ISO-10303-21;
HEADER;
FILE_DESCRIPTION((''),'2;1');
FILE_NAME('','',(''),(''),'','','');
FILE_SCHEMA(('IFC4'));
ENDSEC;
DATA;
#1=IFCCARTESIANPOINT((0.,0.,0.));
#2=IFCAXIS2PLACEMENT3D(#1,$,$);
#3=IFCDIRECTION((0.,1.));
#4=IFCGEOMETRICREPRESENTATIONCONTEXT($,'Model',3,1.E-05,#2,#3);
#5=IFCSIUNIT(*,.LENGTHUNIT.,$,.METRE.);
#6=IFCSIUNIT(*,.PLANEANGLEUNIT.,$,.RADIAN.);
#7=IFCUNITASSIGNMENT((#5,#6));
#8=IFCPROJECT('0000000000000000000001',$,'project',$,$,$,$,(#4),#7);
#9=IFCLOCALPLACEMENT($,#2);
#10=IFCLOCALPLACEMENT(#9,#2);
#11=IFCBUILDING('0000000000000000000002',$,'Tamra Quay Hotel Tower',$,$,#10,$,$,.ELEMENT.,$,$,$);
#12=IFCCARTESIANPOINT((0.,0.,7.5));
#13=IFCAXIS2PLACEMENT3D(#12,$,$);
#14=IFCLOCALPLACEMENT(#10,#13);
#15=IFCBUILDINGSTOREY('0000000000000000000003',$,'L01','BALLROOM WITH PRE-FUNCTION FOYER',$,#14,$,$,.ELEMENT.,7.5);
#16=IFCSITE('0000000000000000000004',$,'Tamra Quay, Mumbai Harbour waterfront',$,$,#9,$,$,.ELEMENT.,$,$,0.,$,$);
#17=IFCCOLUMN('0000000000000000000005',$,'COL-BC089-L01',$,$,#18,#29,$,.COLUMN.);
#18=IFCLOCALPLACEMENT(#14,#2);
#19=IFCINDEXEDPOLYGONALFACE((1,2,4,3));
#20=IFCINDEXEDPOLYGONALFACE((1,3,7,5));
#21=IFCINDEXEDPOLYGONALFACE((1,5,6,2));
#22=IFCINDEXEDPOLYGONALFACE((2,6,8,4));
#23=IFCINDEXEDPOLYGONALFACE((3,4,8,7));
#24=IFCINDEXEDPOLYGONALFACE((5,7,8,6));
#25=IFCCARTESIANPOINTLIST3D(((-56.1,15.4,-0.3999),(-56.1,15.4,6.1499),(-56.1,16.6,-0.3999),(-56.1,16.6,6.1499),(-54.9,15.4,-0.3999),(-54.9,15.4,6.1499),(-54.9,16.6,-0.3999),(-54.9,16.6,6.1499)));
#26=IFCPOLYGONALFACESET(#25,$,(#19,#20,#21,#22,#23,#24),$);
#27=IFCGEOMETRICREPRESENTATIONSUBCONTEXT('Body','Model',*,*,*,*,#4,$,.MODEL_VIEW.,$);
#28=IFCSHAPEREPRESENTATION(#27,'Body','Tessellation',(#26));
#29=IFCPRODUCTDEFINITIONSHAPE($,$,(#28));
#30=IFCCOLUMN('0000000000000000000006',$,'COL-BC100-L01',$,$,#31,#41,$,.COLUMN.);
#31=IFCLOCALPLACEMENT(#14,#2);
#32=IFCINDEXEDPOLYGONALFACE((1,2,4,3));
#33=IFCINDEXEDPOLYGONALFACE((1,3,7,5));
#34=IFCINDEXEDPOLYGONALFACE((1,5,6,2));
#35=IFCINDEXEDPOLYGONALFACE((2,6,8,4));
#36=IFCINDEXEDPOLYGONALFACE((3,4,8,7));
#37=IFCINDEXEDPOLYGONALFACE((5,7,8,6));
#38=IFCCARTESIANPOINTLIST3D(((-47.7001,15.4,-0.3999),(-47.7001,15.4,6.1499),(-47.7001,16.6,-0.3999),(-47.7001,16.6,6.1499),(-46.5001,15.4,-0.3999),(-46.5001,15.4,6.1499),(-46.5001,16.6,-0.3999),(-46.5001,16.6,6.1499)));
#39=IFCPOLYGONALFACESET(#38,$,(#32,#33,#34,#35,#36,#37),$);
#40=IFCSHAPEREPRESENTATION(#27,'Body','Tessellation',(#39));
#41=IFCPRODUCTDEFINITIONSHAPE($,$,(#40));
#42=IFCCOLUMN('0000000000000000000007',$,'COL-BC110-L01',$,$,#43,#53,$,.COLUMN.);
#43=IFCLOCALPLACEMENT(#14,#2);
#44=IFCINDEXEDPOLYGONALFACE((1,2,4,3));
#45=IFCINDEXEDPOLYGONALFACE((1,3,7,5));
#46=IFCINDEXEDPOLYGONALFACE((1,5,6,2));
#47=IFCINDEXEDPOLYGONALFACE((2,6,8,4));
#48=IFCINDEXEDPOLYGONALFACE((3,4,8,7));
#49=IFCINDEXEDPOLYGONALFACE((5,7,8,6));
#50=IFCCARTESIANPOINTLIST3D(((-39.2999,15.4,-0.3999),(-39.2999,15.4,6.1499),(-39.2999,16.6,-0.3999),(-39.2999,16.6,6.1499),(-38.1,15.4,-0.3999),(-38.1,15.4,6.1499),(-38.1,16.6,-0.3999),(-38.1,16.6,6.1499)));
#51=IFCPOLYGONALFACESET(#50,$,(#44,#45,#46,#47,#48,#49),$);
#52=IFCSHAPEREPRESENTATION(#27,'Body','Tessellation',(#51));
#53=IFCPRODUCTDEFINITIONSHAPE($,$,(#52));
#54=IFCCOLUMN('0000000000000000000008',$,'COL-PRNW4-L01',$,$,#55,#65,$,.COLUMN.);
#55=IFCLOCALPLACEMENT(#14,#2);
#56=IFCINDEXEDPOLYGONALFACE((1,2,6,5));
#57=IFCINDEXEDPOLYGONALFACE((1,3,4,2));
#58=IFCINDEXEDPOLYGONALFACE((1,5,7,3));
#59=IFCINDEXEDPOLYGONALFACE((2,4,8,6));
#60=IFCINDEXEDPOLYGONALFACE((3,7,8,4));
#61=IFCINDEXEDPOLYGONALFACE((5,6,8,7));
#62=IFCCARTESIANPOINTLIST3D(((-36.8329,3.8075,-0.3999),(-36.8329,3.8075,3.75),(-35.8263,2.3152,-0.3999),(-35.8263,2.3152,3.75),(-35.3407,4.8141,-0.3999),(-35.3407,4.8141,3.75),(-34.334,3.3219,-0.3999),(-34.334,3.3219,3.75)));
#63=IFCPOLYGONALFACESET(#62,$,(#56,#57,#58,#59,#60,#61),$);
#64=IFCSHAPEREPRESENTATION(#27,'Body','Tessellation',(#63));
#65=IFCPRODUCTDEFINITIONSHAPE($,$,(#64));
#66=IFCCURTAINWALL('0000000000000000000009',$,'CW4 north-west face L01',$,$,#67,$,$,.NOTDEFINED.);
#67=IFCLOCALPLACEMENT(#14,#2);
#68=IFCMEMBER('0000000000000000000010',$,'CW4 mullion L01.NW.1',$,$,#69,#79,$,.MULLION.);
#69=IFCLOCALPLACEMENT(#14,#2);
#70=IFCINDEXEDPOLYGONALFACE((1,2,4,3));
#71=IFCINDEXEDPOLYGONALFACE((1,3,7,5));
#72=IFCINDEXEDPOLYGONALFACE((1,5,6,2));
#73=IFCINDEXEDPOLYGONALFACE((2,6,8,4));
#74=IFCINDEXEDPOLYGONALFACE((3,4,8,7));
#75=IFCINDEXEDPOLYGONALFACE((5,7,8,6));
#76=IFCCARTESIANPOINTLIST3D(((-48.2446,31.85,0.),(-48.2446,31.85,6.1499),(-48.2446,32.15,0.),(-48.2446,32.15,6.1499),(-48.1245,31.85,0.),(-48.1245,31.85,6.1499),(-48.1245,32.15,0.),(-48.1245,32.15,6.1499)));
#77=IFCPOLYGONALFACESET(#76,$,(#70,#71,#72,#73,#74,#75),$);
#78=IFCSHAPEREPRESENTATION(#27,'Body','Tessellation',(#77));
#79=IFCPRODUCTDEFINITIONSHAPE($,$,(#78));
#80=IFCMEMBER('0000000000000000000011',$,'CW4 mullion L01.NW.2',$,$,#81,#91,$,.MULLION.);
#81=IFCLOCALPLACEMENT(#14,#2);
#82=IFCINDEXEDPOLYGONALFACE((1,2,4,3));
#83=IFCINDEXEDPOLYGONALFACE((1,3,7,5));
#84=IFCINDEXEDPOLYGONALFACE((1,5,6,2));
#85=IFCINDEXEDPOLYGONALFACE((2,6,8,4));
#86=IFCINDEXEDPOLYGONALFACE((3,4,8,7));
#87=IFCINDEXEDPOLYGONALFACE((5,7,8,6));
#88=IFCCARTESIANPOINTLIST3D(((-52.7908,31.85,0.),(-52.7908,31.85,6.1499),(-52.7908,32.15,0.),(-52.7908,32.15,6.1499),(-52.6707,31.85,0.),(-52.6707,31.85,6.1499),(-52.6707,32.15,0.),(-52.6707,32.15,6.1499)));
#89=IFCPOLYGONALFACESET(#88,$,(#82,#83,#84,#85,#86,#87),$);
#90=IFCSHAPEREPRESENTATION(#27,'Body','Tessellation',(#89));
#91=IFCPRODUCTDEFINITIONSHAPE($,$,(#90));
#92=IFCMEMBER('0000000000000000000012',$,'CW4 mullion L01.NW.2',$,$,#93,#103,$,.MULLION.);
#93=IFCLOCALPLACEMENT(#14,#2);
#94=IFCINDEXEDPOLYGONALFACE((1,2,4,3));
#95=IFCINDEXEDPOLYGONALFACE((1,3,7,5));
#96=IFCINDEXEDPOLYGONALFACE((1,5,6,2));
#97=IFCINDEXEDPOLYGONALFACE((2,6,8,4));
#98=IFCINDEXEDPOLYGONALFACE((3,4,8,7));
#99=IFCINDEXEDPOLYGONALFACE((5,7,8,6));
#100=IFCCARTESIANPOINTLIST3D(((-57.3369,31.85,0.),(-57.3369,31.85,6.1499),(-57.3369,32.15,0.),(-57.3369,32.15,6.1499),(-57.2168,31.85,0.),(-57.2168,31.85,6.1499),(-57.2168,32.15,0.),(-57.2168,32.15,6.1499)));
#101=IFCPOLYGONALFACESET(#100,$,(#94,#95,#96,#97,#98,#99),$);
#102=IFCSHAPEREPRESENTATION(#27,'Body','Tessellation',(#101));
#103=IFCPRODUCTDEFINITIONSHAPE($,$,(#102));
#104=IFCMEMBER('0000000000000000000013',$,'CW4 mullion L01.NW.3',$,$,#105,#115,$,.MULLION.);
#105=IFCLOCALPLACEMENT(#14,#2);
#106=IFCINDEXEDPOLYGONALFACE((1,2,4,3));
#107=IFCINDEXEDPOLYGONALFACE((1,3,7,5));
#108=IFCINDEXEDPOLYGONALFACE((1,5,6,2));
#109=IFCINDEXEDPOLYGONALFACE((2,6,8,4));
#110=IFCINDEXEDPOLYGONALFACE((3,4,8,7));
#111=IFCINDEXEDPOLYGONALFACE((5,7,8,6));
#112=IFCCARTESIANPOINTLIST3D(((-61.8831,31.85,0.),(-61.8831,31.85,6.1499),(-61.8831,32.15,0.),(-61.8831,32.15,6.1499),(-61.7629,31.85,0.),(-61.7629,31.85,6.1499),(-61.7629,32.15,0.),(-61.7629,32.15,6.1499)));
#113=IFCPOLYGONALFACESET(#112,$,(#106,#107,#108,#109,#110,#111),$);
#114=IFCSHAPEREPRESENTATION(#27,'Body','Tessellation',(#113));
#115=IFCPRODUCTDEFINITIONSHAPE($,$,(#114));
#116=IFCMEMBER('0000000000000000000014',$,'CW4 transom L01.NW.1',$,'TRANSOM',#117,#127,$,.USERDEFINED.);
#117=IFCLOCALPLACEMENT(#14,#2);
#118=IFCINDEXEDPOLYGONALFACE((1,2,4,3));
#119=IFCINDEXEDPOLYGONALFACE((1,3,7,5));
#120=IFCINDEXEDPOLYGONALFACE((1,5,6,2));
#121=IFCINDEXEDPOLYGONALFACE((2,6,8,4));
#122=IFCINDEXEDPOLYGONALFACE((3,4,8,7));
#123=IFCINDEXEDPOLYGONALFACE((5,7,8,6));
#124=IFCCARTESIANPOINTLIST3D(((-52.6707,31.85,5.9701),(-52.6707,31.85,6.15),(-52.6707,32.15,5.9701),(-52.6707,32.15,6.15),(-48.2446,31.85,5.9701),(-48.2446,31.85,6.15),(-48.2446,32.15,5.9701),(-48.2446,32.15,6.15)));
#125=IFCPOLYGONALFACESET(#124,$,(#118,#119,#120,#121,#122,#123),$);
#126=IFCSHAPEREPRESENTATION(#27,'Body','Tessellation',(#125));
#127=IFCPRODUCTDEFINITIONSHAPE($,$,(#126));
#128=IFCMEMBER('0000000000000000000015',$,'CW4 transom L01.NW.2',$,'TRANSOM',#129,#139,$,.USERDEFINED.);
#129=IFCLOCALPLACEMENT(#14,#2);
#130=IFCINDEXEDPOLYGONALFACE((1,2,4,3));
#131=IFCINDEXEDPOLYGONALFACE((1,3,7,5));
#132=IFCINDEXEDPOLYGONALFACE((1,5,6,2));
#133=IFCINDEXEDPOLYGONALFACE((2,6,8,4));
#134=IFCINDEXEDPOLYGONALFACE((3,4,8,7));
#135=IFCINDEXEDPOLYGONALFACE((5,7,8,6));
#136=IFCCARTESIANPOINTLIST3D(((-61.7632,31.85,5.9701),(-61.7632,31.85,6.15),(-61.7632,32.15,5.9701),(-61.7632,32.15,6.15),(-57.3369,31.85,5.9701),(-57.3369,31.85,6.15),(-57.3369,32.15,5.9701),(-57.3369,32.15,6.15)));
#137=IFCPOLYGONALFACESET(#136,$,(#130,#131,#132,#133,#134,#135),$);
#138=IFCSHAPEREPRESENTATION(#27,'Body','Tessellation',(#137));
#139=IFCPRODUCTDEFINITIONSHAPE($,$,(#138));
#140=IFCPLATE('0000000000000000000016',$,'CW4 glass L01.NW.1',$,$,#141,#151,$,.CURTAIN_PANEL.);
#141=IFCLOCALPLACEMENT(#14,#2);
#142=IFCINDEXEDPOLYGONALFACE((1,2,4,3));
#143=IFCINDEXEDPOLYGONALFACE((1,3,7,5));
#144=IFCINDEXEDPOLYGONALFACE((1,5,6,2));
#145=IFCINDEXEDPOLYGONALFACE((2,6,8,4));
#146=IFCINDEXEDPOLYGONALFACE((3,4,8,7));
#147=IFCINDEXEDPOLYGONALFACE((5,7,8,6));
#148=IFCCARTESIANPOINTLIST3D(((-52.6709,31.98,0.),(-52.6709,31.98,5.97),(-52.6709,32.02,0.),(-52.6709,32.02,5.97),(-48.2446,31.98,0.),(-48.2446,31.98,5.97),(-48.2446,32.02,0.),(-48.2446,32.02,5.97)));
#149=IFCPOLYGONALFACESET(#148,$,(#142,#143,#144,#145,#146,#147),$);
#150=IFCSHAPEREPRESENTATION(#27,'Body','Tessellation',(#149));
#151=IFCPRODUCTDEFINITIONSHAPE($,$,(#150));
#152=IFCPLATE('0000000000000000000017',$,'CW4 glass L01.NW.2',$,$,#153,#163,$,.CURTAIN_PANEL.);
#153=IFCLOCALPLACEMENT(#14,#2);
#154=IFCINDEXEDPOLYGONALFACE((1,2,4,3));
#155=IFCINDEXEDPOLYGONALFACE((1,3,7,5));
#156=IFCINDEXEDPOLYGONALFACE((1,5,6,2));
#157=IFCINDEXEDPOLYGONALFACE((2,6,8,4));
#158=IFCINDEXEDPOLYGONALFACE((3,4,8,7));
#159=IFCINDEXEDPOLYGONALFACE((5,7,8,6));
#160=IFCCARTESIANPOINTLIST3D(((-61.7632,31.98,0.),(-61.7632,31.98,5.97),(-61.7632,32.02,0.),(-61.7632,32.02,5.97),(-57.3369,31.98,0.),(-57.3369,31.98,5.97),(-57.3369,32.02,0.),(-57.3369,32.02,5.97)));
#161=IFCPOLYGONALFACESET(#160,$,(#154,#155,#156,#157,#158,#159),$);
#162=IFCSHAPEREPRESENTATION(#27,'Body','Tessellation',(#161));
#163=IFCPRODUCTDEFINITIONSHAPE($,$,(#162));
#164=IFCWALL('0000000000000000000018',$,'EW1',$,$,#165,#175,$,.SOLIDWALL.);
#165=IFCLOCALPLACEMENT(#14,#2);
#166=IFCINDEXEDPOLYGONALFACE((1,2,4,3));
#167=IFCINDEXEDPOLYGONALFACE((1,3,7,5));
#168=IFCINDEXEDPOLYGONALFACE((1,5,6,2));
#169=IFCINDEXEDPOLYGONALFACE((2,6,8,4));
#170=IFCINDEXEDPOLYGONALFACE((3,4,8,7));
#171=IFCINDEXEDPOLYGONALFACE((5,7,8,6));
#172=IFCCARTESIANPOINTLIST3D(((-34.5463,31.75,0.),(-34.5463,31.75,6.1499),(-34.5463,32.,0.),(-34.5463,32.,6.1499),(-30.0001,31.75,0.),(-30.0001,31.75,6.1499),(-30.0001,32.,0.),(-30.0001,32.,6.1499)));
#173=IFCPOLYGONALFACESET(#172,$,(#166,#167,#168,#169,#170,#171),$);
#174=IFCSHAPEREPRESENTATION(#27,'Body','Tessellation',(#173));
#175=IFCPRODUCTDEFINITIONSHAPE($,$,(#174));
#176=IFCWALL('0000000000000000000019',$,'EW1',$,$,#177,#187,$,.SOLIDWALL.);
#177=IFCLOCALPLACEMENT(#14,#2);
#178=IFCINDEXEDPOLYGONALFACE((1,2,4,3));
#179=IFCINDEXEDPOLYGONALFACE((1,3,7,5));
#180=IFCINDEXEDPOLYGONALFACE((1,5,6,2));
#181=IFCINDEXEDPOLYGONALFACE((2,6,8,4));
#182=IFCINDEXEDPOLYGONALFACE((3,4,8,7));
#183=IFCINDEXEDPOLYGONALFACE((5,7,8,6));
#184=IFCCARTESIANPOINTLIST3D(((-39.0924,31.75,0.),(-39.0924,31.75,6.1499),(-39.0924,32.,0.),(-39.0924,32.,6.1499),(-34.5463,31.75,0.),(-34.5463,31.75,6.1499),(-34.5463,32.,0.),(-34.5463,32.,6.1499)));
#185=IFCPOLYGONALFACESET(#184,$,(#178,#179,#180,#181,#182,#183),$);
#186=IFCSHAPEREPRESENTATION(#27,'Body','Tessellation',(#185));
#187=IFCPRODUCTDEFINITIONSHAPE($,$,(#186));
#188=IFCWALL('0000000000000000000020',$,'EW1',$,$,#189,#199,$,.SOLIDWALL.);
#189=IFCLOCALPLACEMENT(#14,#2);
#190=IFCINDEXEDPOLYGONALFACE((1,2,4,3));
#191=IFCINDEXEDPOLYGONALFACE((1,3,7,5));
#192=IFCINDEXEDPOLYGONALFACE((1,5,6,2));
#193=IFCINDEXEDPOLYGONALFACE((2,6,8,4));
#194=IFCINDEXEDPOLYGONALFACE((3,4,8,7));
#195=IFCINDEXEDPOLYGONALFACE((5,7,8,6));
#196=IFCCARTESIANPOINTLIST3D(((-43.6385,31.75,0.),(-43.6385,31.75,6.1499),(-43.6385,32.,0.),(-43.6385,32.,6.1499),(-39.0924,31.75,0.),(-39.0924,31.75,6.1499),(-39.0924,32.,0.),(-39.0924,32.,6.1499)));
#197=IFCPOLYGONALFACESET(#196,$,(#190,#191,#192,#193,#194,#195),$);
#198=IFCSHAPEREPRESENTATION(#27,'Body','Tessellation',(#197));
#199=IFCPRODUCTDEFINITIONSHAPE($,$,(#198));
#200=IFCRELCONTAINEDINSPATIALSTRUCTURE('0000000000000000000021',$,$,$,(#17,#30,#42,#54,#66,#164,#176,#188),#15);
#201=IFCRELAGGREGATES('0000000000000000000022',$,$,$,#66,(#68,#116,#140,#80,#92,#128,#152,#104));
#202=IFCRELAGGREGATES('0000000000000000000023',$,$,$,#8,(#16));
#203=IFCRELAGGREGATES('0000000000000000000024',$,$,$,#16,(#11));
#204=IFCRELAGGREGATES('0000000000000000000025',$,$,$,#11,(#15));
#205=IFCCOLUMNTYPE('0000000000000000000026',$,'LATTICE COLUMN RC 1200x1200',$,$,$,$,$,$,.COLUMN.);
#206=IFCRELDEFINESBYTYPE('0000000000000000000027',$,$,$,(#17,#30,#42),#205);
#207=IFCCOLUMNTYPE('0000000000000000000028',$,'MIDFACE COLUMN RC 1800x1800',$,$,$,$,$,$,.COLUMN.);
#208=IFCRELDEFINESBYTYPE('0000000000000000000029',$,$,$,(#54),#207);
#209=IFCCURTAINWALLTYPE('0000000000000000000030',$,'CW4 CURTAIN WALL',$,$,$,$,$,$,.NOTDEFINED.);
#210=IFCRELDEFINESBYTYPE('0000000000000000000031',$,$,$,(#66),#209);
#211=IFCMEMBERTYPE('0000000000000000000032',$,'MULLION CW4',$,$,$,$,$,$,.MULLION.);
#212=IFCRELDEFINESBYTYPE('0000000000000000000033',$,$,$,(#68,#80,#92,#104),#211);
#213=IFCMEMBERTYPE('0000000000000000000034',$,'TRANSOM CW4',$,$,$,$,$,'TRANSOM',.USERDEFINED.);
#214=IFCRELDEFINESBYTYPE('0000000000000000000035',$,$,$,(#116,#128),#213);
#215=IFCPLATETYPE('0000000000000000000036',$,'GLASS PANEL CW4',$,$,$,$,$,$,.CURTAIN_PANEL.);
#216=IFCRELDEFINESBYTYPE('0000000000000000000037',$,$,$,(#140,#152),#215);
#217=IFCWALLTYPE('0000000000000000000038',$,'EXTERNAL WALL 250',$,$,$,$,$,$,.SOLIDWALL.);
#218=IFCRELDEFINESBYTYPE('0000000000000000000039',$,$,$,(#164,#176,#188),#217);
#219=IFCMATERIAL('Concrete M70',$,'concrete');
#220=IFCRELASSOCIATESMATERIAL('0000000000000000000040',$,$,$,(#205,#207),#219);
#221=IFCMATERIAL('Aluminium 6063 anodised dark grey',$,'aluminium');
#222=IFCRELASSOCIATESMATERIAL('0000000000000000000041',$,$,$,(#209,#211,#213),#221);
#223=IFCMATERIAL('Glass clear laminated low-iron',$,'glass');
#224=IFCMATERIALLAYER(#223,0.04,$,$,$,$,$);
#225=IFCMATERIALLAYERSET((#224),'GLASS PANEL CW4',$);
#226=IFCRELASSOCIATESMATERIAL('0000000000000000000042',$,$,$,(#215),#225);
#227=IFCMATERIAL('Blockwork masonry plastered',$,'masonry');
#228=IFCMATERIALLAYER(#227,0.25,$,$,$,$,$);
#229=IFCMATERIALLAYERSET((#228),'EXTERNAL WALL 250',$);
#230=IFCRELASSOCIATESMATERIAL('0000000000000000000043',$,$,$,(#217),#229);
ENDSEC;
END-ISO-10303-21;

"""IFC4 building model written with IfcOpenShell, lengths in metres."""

from ifc_helpers import new_model, si_unit, direction, frame, frame_2d, origin, origin_2d, place, context, subcontext, project, spatial, rectangle, extrude, material, layer, layer_set, material_profile, profile_set, type_object, element, aggregate, save


model = new_model("IFC4")

# Units and contexts
model_context = context("Model", 3, precision=1e-05, world=origin(), true_north=direction((0.0, 1.0)))
body_context = subcontext(model_context, "Body", "Model", "MODEL_VIEW")
ifc_project = project(units=[si_unit("LENGTHUNIT", "METRE"), si_unit("PLANEANGLEUNIT", "RADIAN")], contexts=[model_context])

# Site, building, storey
site_placement = place(None, origin())
site = spatial("IfcSite", under=ifc_project, at=site_placement, Name="Tamra Quay, Mumbai Harbour waterfront", CompositionType="ELEMENT", RefElevation=0.0)
building_placement = place(site_placement, origin())
building = spatial("IfcBuilding", under=site, at=building_placement, Name="Tamra Quay Hotel Tower", CompositionType="ELEMENT")
storey_placement = place(building_placement, frame((0.0, 0.0, 7.5)))
storey = spatial("IfcBuildingStorey", under=building, at=storey_placement, Name="L01", Description="BALLROOM WITH PRE-FUNCTION FOYER", CompositionType="ELEMENT", Elevation=7.5)

# Columns
ifc_material_1 = material(Name="Concrete M70", Category="concrete")
ifc_material_profile_1 = material_profile(ifc_material_1, rectangle(XDim=1.2, YDim=1.2, at=origin_2d()), Name="LATTICE COLUMN RC 1200x1200")
ifc_profile_set_1 = profile_set([ifc_material_profile_1], Name="Concrete M70")
column_type_1 = type_object("IfcColumnType", Name="LATTICE COLUMN RC 1200x1200", PredefinedType="COLUMN", material=ifc_profile_set_1)
for number, where, z_axis, x_axis, name in (
    (1, (-55.5, 16.0, -0.3999), (0.0, 0.0, 1.0), (1.0, 0.0, 0.0), "COL-BC089-L01"),
    (2, (-47.1001, 16.0, -0.3999), (0.0, 0.0, 1.0), (1.0, 0.0, 0.0), "COL-BC100-L01"),
    (3, (-38.7, 16.0, -0.3999), (0.0, 0.0, 1.0), (1.0, 0.0, 0.0), "COL-BC110-L01"),
):
    element("IfcColumn", number, at=place(storey_placement, frame(where, z_axis=z_axis, x_axis=x_axis)), inside=storey, type_object=column_type_1, Name=name, PredefinedType="COLUMN", context=body_context, shape_type="SweptSolid", body=[
        extrude(rectangle(XDim=1.2, YDim=1.2, at=origin_2d()), origin(), (0.0, 0.0, 1.0), 6.5498),
    ])
ifc_material_profile_2 = material_profile(ifc_material_1, rectangle(XDim=1.8, YDim=1.8, at=origin_2d()), Name="MIDFACE COLUMN RC 1800x1800")
ifc_profile_set_2 = profile_set([ifc_material_profile_2], Name="Concrete M70")
column_type_2 = type_object("IfcColumnType", Name="MIDFACE COLUMN RC 1800x1800", PredefinedType="COLUMN", material=ifc_profile_set_2)
column_placement = place(storey_placement, frame((-35.5835, 3.5647, -0.3999), z_axis=(0.0, 0.0, 1.0), x_axis=(-0.55922, 0.829019, 0.0)))
element("IfcColumn", 4, at=column_placement, inside=storey, type_object=column_type_2, Name="COL-PRNW4-L01", PredefinedType="COLUMN", context=body_context, shape_type="SweptSolid", body=[
    extrude(rectangle(XDim=1.8, YDim=1.8, at=origin_2d()), origin(), (0.0, 0.0, 1.0), 4.1499),
])

# Curtain wall, members, plates
ifc_material_2 = material(Name="Aluminium 6063 anodised dark grey", Category="aluminium")
curtain_wall_type = type_object("IfcCurtainWallType", Name="CW4 CURTAIN WALL", PredefinedType="NOTDEFINED", material=ifc_material_2)
curtain_wall_placement = place(storey_placement, origin())
curtain_wall = element("IfcCurtainWall", 5, at=curtain_wall_placement, inside=storey, type_object=curtain_wall_type, Name="CW4 north-west face L01", PredefinedType="NOTDEFINED")
ifc_material_profile_3 = material_profile(ifc_material_2, rectangle(XDim=0.3, YDim=0.1201, at=origin_2d()), Name="MULLION 120X300")
ifc_profile_set_3 = profile_set([ifc_material_profile_3], Name="Aluminium 6063 anodised dark grey")
member_type_1 = type_object("IfcMemberType", Name="MULLION CW4", PredefinedType="MULLION", material=ifc_profile_set_3)
member_1_placement = place(storey_placement, frame((-48.1846, 32.0, 0.0), z_axis=(0.0, 0.0, 1.0), x_axis=(0.0, 1.0, 0.0)))
member_1 = element("IfcMember", 6, at=member_1_placement, type_object=member_type_1, Name="CW4 mullion L01.NW.1", PredefinedType="MULLION", context=body_context, shape_type="SweptSolid", body=[
    extrude(rectangle(XDim=0.3, YDim=0.1201, at=origin_2d()), origin(), (0.0, 0.0, 1.0), 6.1499),
])
member_2_placement = place(storey_placement, frame((-52.7307, 32.0, 0.0), z_axis=(0.0, 0.0, 1.0), x_axis=(0.0, 1.0, 0.0)))
member_2 = element("IfcMember", 7, at=member_2_placement, type_object=member_type_1, Name="CW4 mullion L01.NW.2", PredefinedType="MULLION", context=body_context, shape_type="SweptSolid", body=[
    extrude(rectangle(XDim=0.3, YDim=0.1201, at=origin_2d()), origin(), (0.0, 0.0, 1.0), 6.1499),
])
member_3_placement = place(storey_placement, frame((-57.2769, 32.0, 0.0), z_axis=(0.0, 0.0, 1.0), x_axis=(0.0, 1.0, 0.0)))
member_3 = element("IfcMember", 8, at=member_3_placement, type_object=member_type_1, Name="CW4 mullion L01.NW.2", PredefinedType="MULLION", context=body_context, shape_type="SweptSolid", body=[
    extrude(rectangle(XDim=0.3, YDim=0.1201, at=origin_2d()), origin(), (0.0, 0.0, 1.0), 6.1499),
])
member_4_placement = place(storey_placement, frame((-61.823, 32.0, 0.0), z_axis=(0.0, 0.0, 1.0), x_axis=(0.0, 1.0, 0.0)))
member_4 = element("IfcMember", 9, at=member_4_placement, type_object=member_type_1, Name="CW4 mullion L01.NW.3", PredefinedType="MULLION", context=body_context, shape_type="SweptSolid", body=[
    extrude(rectangle(XDim=0.3, YDim=0.1201, at=origin_2d()), origin(), (0.0, 0.0, 1.0), 6.1499),
])
ifc_material_profile_4 = material_profile(ifc_material_2, rectangle(XDim=0.3, YDim=0.1799, at=origin_2d()), Name="TRANSOM 300X180")
ifc_profile_set_4 = profile_set([ifc_material_profile_4], Name="Aluminium 6063 anodised dark grey")
member_type_2 = type_object("IfcMemberType", Name="TRANSOM CW4", ElementType="TRANSOM", PredefinedType="USERDEFINED", material=ifc_profile_set_4)
member_5_placement = place(storey_placement, frame((-48.2446, 32.0, 6.0601), z_axis=(-1.0, 0.0, 0.0), x_axis=(0.0, -1.0, 0.0)))
member_5 = element("IfcMember", 10, at=member_5_placement, type_object=member_type_2, Name="CW4 transom L01.NW.1", ObjectType="TRANSOM", PredefinedType="USERDEFINED", context=body_context, shape_type="SweptSolid", body=[
    extrude(rectangle(XDim=0.3, YDim=0.1799, at=origin_2d()), origin(), (0.0, 0.0, 1.0), 4.426),
])
member_6_placement = place(storey_placement, frame((-57.3369, 32.0, 6.0601), z_axis=(-1.0, 0.0, 0.0), x_axis=(0.0, -1.0, 0.0)))
member_6 = element("IfcMember", 11, at=member_6_placement, type_object=member_type_2, Name="CW4 transom L01.NW.2", ObjectType="TRANSOM", PredefinedType="USERDEFINED", context=body_context, shape_type="SweptSolid", body=[
    extrude(rectangle(XDim=0.3, YDim=0.1799, at=origin_2d()), origin(), (0.0, 0.0, 1.0), 4.4263),
])
ifc_material_3 = material(Name="Glass clear laminated low-iron", Category="glass")
ifc_layer_1 = layer(ifc_material_3, 0.04)
ifc_layer_set_1 = layer_set([ifc_layer_1], Name="GLASS PANEL CW4")
plate_type = type_object("IfcPlateType", Name="GLASS PANEL CW4", PredefinedType="CURTAIN_PANEL", material=ifc_layer_set_1)
plate_1_placement = place(storey_placement, frame((-50.4578, 32.0, 0.0), z_axis=(0.0, 0.0, 1.0), x_axis=(-1.0, 0.0, 0.0)))
plate_1 = element("IfcPlate", 12, at=plate_1_placement, type_object=plate_type, Name="CW4 glass L01.NW.1", PredefinedType="CURTAIN_PANEL", context=body_context, shape_type="SweptSolid", body=[
    extrude(rectangle(XDim=4.4263, YDim=0.04, at=origin_2d()), origin(), (0.0, 0.0, 1.0), 5.97),
])
plate_2_placement = place(storey_placement, frame((-59.55, 32.0, 0.0), z_axis=(0.0, 0.0, 1.0), x_axis=(-1.0, 0.0, 0.0)))
plate_2 = element("IfcPlate", 13, at=plate_2_placement, type_object=plate_type, Name="CW4 glass L01.NW.2", PredefinedType="CURTAIN_PANEL", context=body_context, shape_type="SweptSolid", body=[
    extrude(rectangle(XDim=4.4263, YDim=0.04, at=origin_2d()), origin(), (0.0, 0.0, 1.0), 5.97),
])
aggregate(curtain_wall, [member_1, member_5, plate_1, member_2, member_3, member_6, plate_2, member_4])

# Walls
ifc_material_4 = material(Name="Blockwork masonry plastered", Category="masonry")
ifc_layer_2 = layer(ifc_material_4, 0.25)
ifc_layer_set_2 = layer_set([ifc_layer_2], Name="EXTERNAL WALL 250")
wall_type_1 = type_object("IfcWallType", Name="EXTERNAL WALL 250", PredefinedType="SOLIDWALL", material=ifc_layer_set_2)
for number, where, z_axis, x_axis, name in (
    (14, (-34.5461, 31.875, 0.0), (0.0, 0.0, 1.0), (1.0, 0.0, 0.0), "EW1"),
    (15, (-39.0923, 31.875, 0.0), (0.0, 0.0, 1.0), (1.0, 0.0, 0.0), "EW1"),
    (16, (-43.6384, 31.875, 0.0), (0.0, 0.0, 1.0), (1.0, 0.0, 0.0), "EW1"),
):
    element("IfcWall", number, at=place(storey_placement, frame(where, z_axis=z_axis, x_axis=x_axis)), inside=storey, type_object=wall_type_1, Name=name, PredefinedType="SOLIDWALL", context=body_context, shape_type="SweptSolid", body=[
        extrude(rectangle(XDim=4.5461, YDim=0.25, at=frame_2d((2.2729, 0.0))), origin(), (0.0, 0.0, 1.0), 6.1499),
    ])

save(model, "model.ifc")
